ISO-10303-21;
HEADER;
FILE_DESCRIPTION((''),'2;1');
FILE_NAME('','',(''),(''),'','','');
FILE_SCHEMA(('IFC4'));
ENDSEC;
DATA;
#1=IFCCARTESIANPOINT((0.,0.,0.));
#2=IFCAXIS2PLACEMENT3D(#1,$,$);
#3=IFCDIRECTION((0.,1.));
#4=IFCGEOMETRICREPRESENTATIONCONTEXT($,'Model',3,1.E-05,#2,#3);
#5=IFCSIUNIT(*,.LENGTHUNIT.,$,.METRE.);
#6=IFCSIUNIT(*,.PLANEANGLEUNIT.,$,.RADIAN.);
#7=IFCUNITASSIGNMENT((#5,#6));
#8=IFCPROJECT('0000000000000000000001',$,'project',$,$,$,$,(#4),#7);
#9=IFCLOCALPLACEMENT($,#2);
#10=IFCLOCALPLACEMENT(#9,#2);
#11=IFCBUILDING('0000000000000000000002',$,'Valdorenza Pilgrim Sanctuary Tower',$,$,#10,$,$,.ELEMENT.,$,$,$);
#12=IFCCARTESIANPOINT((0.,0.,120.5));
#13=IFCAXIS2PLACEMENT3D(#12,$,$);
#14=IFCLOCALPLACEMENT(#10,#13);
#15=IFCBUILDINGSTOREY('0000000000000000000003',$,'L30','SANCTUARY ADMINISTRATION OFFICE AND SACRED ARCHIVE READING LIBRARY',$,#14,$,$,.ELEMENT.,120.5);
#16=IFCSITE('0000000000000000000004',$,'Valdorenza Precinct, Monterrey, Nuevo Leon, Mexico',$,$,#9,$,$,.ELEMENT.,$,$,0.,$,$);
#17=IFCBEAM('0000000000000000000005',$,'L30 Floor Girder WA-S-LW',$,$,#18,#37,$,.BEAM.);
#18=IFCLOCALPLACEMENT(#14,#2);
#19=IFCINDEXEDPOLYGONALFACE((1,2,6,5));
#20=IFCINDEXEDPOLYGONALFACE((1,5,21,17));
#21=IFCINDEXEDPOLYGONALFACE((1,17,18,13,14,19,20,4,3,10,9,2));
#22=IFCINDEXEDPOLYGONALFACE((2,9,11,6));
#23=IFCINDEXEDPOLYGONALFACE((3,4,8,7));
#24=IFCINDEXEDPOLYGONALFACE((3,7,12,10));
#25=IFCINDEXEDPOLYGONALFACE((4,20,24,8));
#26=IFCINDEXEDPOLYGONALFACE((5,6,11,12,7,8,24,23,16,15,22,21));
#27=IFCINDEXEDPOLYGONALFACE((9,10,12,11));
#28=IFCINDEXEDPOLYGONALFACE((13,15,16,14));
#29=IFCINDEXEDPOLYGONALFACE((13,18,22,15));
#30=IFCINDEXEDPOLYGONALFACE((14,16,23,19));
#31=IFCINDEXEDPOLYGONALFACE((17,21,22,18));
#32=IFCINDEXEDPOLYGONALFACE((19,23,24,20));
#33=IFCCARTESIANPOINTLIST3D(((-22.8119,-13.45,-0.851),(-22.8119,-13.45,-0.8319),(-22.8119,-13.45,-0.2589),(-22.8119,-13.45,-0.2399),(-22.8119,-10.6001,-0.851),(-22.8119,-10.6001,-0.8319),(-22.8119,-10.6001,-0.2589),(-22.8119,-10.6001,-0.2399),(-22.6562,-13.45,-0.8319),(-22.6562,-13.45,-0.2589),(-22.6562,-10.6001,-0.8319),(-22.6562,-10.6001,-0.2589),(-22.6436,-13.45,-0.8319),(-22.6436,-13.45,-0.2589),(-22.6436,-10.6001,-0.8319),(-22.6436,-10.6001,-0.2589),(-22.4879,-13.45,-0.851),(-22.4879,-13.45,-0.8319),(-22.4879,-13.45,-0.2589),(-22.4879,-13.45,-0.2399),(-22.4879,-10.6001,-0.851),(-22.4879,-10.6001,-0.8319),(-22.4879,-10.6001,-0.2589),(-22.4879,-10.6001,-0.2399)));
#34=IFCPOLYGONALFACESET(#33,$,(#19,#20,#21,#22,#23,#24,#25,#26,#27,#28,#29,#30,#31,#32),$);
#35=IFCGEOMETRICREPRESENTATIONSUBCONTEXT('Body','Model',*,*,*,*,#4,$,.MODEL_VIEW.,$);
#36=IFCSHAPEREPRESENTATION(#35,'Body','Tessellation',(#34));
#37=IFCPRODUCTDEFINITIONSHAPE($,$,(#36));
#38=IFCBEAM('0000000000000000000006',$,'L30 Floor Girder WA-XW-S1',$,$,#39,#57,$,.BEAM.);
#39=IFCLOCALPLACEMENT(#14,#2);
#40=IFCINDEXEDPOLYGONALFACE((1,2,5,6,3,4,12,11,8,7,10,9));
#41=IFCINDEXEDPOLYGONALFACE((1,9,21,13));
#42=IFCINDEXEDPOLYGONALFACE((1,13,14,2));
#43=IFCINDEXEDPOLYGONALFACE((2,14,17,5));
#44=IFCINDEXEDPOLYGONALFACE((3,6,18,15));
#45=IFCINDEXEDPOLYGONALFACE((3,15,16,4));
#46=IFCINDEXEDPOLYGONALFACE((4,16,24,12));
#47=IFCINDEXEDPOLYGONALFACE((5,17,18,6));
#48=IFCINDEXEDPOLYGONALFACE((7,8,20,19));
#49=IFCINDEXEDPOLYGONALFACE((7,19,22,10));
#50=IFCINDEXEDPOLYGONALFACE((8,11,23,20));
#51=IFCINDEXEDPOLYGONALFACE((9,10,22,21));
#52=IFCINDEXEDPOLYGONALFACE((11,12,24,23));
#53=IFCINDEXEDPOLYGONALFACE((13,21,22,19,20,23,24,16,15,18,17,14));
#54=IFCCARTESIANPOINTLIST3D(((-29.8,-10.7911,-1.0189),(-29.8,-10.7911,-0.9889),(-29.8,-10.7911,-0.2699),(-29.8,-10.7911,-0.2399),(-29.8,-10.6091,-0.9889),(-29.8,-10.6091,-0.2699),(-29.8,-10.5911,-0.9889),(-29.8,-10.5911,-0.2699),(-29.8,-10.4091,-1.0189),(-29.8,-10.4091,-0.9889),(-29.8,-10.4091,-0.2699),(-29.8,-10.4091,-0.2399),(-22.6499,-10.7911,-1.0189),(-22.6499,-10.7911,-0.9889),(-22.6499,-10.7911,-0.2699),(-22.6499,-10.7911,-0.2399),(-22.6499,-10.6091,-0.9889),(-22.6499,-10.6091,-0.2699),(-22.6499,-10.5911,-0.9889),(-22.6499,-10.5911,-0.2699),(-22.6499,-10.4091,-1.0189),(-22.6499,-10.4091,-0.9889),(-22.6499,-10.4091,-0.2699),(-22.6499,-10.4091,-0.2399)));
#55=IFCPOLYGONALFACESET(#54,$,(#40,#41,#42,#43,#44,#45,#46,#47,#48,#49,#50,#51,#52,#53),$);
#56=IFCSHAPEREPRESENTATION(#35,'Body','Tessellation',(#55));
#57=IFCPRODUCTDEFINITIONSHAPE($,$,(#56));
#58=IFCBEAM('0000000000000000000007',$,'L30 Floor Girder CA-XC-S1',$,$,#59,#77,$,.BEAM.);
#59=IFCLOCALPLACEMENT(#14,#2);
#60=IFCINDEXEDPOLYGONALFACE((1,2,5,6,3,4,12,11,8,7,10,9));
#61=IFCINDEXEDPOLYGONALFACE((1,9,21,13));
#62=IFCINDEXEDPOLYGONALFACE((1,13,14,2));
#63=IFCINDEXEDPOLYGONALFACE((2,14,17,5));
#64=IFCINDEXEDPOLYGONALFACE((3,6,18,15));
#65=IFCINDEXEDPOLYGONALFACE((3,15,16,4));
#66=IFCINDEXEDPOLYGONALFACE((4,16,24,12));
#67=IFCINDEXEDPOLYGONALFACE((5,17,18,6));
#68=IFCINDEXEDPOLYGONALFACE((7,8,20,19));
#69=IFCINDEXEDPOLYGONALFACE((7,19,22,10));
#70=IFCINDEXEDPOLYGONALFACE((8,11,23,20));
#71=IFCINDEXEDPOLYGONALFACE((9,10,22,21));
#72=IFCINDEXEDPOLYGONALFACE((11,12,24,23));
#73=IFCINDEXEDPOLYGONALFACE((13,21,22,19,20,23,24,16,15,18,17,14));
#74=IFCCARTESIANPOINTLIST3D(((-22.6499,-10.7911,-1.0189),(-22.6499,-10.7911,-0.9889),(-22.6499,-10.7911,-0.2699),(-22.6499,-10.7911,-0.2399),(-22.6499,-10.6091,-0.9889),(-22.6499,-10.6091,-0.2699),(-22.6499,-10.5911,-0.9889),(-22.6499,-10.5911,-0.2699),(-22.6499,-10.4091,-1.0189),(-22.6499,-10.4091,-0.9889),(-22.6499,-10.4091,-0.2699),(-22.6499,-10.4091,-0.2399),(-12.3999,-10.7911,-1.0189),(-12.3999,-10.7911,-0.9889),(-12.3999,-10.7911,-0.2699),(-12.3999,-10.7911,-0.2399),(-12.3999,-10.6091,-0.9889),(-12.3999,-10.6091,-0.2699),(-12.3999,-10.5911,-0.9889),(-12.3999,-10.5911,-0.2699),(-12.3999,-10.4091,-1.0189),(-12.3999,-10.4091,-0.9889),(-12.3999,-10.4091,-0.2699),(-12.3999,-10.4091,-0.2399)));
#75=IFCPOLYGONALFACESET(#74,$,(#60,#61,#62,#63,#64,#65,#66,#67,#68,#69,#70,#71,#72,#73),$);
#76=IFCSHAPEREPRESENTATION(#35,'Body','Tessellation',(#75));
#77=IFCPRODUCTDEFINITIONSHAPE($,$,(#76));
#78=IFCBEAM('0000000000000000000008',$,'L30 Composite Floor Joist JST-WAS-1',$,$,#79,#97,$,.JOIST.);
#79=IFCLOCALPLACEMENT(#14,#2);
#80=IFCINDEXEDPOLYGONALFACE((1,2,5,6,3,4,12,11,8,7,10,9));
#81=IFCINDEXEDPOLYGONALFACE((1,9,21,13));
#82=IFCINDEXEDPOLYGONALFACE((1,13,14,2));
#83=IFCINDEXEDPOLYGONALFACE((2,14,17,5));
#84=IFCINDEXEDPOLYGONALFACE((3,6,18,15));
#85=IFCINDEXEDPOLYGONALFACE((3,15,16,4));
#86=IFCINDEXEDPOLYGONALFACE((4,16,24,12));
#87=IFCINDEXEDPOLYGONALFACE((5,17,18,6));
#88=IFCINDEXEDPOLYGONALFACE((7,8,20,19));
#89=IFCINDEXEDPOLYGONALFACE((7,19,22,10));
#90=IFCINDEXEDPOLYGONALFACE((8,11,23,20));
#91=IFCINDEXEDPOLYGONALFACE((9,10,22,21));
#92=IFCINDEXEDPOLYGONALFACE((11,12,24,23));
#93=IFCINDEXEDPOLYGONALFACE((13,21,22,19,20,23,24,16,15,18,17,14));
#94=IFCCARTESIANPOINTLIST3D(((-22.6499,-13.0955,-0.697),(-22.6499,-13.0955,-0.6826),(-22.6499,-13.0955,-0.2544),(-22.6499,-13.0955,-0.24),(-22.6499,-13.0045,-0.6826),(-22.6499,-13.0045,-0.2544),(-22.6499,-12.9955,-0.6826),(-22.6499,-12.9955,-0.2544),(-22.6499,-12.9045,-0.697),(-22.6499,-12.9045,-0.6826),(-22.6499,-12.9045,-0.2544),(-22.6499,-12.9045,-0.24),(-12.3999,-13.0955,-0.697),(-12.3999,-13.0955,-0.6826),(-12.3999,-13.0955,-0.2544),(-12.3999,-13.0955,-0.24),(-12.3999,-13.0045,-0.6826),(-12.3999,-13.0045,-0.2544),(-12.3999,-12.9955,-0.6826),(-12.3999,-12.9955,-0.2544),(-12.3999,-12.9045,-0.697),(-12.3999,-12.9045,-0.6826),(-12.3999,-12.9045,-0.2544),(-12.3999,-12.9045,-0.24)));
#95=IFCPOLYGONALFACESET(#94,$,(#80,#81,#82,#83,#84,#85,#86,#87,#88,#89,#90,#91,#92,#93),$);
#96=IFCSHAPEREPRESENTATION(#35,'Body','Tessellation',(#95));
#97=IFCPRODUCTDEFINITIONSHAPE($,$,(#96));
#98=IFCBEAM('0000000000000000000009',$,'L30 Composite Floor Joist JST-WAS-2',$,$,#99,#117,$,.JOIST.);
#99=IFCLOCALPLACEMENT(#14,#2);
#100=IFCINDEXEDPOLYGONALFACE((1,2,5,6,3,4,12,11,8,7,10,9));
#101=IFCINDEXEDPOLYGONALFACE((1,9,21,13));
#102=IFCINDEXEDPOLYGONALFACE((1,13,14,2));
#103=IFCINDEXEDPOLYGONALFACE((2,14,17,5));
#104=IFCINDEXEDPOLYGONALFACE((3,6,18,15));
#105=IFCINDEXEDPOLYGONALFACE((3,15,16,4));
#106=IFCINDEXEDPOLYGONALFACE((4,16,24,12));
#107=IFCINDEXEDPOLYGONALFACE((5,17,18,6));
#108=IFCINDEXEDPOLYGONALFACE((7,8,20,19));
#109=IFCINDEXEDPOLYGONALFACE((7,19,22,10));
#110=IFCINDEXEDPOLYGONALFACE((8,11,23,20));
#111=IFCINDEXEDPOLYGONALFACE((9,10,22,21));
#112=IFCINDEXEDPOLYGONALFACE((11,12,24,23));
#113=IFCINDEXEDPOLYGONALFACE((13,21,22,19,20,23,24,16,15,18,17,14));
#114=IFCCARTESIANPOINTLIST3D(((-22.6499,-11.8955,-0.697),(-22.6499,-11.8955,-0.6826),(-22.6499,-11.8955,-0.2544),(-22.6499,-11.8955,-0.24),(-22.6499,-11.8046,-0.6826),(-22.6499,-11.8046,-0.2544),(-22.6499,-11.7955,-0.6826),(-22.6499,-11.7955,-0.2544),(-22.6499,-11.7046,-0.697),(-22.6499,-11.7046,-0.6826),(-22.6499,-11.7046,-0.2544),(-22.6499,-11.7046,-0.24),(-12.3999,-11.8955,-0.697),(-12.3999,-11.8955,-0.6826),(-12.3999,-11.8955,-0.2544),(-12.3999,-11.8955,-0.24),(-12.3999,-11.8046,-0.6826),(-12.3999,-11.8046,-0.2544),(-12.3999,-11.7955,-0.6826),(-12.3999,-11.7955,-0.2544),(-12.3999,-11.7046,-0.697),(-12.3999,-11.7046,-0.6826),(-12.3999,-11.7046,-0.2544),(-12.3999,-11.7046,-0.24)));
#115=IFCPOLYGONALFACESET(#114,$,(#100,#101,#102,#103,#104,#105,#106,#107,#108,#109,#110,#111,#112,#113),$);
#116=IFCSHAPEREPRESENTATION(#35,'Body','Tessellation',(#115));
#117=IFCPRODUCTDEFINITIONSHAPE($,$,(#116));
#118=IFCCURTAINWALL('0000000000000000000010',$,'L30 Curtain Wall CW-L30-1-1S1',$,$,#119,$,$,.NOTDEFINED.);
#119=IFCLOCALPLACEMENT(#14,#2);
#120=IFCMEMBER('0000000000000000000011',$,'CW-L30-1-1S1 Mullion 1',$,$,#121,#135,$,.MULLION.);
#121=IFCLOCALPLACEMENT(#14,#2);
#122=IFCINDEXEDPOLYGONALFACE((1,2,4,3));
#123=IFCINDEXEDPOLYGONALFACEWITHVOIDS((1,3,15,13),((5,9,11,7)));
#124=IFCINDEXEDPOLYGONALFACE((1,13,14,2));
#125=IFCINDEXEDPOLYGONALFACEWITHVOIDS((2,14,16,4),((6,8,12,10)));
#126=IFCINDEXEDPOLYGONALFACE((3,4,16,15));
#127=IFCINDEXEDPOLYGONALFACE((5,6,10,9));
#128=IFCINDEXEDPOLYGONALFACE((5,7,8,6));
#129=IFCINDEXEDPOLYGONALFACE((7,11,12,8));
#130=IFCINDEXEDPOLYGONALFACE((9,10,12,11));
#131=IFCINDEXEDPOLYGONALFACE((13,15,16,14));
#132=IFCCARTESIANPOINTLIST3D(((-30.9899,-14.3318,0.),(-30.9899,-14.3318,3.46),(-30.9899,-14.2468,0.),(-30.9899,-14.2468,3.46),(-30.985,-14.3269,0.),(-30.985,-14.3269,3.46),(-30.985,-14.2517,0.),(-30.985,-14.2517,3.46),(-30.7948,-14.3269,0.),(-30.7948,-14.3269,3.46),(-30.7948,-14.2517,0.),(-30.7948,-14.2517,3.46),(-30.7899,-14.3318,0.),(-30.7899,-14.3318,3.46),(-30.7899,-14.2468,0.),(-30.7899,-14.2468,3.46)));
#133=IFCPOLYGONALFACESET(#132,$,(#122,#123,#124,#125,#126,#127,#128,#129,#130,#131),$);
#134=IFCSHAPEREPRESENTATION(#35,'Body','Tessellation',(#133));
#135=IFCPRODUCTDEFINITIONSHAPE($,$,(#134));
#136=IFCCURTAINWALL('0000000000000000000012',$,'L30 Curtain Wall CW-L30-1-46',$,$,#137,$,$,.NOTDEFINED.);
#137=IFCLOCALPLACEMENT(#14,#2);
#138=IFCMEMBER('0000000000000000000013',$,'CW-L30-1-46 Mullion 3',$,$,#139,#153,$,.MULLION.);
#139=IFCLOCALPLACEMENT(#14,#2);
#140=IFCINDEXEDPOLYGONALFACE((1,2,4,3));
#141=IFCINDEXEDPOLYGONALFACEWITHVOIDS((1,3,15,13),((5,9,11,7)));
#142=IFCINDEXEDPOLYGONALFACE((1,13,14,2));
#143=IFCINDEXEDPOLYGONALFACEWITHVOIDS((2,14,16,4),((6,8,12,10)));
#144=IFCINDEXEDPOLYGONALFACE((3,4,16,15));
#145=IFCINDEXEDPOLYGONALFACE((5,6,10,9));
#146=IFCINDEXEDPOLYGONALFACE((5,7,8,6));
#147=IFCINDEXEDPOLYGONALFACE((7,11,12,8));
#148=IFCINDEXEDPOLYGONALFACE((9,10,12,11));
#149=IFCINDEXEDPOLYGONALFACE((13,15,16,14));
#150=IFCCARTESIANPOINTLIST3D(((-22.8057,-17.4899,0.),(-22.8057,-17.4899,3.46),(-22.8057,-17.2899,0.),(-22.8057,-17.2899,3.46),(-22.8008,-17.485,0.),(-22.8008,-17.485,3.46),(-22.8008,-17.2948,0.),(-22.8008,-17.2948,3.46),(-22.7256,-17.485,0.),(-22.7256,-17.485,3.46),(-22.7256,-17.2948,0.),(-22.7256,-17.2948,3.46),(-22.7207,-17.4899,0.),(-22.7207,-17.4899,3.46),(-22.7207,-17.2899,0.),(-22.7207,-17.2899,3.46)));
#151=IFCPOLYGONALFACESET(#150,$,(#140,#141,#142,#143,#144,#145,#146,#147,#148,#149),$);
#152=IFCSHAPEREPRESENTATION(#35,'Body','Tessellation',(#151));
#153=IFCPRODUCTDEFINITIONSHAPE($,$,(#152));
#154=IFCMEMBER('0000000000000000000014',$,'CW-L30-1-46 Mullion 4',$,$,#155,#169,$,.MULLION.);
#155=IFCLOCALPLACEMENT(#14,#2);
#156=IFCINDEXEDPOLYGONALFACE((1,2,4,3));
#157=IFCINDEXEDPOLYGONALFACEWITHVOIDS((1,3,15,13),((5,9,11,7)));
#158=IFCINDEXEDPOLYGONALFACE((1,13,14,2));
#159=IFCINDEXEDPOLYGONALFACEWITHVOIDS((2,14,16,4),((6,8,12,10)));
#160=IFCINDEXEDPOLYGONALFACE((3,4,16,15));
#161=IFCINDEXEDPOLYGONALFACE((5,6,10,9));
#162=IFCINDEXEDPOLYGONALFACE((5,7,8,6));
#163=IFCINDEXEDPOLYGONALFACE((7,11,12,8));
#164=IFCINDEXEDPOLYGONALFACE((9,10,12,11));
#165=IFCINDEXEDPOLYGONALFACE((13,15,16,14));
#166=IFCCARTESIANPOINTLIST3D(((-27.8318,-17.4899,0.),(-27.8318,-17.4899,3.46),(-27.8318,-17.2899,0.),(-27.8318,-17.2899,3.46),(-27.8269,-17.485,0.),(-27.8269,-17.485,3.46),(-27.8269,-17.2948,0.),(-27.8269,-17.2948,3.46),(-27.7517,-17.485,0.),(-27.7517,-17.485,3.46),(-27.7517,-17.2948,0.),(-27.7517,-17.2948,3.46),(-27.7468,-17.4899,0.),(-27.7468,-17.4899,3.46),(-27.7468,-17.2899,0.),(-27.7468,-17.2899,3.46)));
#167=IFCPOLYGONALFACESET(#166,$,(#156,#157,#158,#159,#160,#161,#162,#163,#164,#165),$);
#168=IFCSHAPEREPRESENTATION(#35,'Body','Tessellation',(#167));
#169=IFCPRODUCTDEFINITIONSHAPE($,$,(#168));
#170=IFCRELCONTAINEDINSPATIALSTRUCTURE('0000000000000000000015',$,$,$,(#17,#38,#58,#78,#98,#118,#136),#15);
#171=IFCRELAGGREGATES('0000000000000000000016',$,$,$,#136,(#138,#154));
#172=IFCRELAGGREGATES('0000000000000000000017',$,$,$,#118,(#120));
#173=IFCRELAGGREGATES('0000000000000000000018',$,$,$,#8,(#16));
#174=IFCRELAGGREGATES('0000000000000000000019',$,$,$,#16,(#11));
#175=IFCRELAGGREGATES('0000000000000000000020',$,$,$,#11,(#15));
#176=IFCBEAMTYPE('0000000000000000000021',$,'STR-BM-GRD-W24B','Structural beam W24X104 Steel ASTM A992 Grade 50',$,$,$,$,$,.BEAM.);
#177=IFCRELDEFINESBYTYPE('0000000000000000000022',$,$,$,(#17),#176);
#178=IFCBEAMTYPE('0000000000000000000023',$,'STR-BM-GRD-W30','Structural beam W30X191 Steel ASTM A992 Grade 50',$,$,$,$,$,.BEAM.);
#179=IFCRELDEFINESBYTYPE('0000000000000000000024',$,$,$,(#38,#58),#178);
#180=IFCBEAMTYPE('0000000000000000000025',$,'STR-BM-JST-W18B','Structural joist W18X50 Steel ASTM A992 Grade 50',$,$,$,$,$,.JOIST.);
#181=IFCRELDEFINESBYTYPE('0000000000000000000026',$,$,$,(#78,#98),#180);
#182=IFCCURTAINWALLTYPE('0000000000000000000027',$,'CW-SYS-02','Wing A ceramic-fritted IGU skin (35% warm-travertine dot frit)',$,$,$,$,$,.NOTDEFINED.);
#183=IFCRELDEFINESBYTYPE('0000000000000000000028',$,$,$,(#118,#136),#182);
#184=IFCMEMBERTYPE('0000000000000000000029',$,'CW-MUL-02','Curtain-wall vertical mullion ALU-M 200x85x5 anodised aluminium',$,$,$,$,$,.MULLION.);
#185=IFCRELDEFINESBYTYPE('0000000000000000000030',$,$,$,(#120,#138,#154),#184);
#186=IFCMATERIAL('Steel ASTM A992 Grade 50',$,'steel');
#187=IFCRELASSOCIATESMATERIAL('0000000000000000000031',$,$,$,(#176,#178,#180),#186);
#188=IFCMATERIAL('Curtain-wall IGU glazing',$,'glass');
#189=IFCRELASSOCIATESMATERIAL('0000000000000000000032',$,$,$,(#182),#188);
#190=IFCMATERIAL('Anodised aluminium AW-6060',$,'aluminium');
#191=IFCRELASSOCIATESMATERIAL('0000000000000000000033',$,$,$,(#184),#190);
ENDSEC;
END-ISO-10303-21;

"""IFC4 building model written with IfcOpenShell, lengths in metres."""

from ifc_helpers import new_model, si_unit, direction, frame, origin, origin_2d, place, context, subcontext, project, spatial, hollow_rectangle, i_section, extrude, source, transform, mapped, material, material_profile, profile_set, type_object, element, aggregate, save


model = new_model("IFC4")

# Units and contexts
model_context = context("Model", 3, precision=1e-05, world=origin(), true_north=direction((0.0, 1.0)))
body_context = subcontext(model_context, "Body", "Model", "MODEL_VIEW")
ifc_project = project(units=[si_unit("LENGTHUNIT", "METRE"), si_unit("PLANEANGLEUNIT", "RADIAN")], contexts=[model_context])

# Site, building, storey
site_placement = place(None, origin())
site = spatial("IfcSite", under=ifc_project, at=site_placement, Name="Valdorenza Precinct, Monterrey, Nuevo Leon, Mexico", CompositionType="ELEMENT", RefElevation=0.0)
building_placement = place(site_placement, origin())
building = spatial("IfcBuilding", under=site, at=building_placement, Name="Valdorenza Pilgrim Sanctuary Tower", CompositionType="ELEMENT")
storey_placement = place(building_placement, frame((0.0, 0.0, 120.5)))
storey = spatial("IfcBuildingStorey", under=building, at=storey_placement, Name="L30", Description="SANCTUARY ADMINISTRATION OFFICE AND SACRED ARCHIVE READING LIBRARY", CompositionType="ELEMENT", Elevation=120.5)

# Shared definitions
ifc_material_1 = material(Name="Steel ASTM A992 Grade 50", Category="steel")

# Beams
ifc_material_profile_1 = material_profile(ifc_material_1, i_section(OverallWidth=0.324, OverallDepth=0.6111, WebThickness=0.0127, FlangeThickness=0.019, at=origin_2d()), Name="W24X104")
ifc_profile_set_1 = profile_set([ifc_material_profile_1], Name="Steel ASTM A992 Grade 50")
beam_type_1 = type_object("IfcBeamType", Name="STR-BM-GRD-W24B", Description="Structural beam W24X104 Steel ASTM A992 Grade 50", PredefinedType="BEAM", material=ifc_profile_set_1)
shared_shape_1 = source(origin(), body_context, "Body", "SweptSolid", [
    extrude(i_section(OverallWidth=0.324, OverallDepth=0.6111, WebThickness=0.0127, FlangeThickness=0.019, at=origin_2d()), origin(), (0.0, 0.0, 1.0), 2.8499),
])
beam_1_placement = place(storey_placement, frame((-22.6499, -13.45, -0.5454), z_axis=(0.0, 1.0, 0.0), x_axis=(-1.0, 0.0, 0.0)))
element("IfcBeam", 1, at=beam_1_placement, inside=storey, type_object=beam_type_1, Name="L30 Floor Girder WA-S-LW", PredefinedType="BEAM", context=body_context, shape_type="MappedRepresentation", body=[
    mapped(shared_shape_1, transform((0.0, 0.0, 0.0), x_axis=(1.0, 0.0, 0.0), y_axis=(0.0, 1.0, 0.0), z_axis=(0.0, 0.0, 1.0), scale=1.0)),
])
ifc_material_profile_2 = material_profile(ifc_material_1, i_section(OverallWidth=0.3821, OverallDepth=0.7791, WebThickness=0.0181, FlangeThickness=0.03, at=origin_2d()), Name="W30X191")
ifc_profile_set_2 = profile_set([ifc_material_profile_2], Name="Steel ASTM A992 Grade 50")
beam_type_2 = type_object("IfcBeamType", Name="STR-BM-GRD-W30", Description="Structural beam W30X191 Steel ASTM A992 Grade 50", PredefinedType="BEAM", material=ifc_profile_set_2)
shared_shape_2 = source(origin(), body_context, "Body", "SweptSolid", [
    extrude(i_section(OverallWidth=0.3821, OverallDepth=0.7791, WebThickness=0.0181, FlangeThickness=0.03, at=origin_2d()), origin(), (0.0, 0.0, 1.0), 7.1501),
])
beam_2_placement = place(storey_placement, frame((-29.8, -10.6001, -0.6294), z_axis=(1.0, 0.0, 0.0), x_axis=(0.0, 1.0, 0.0)))
element("IfcBeam", 2, at=beam_2_placement, inside=storey, type_object=beam_type_2, Name="L30 Floor Girder WA-XW-S1", PredefinedType="BEAM", context=body_context, shape_type="MappedRepresentation", body=[
    mapped(shared_shape_2, transform((0.0, 0.0, 0.0), x_axis=(1.0, 0.0, 0.0), y_axis=(0.0, 1.0, 0.0), z_axis=(0.0, 0.0, 1.0), scale=1.0)),
])
shared_shape_3 = source(origin(), body_context, "Body", "SweptSolid", [
    extrude(i_section(OverallWidth=0.3821, OverallDepth=0.7791, WebThickness=0.0181, FlangeThickness=0.03, at=origin_2d()), origin(), (0.0, 0.0, 1.0), 10.25),
])
beam_3_placement = place(storey_placement, frame((-22.6499, -10.6001, -0.6294), z_axis=(1.0, 0.0, 0.0), x_axis=(0.0, 1.0, 0.0)))
element("IfcBeam", 3, at=beam_3_placement, inside=storey, type_object=beam_type_2, Name="L30 Floor Girder CA-XC-S1", PredefinedType="BEAM", context=body_context, shape_type="MappedRepresentation", body=[
    mapped(shared_shape_3, transform((0.0, 0.0, 0.0), x_axis=(1.0, 0.0, 0.0), y_axis=(0.0, 1.0, 0.0), z_axis=(0.0, 0.0, 1.0), scale=1.0)),
])
ifc_material_profile_3 = material_profile(ifc_material_1, i_section(OverallWidth=0.1909, OverallDepth=0.457, WebThickness=0.009, FlangeThickness=0.0144, at=origin_2d()), Name="W18X50")
ifc_profile_set_3 = profile_set([ifc_material_profile_3], Name="Steel ASTM A992 Grade 50")
beam_type_3 = type_object("IfcBeamType", Name="STR-BM-JST-W18B", Description="Structural joist W18X50 Steel ASTM A992 Grade 50", PredefinedType="JOIST", material=ifc_profile_set_3)
shared_shape_4 = source(origin(), body_context, "Body", "SweptSolid", [
    extrude(i_section(OverallWidth=0.1909, OverallDepth=0.457, WebThickness=0.009, FlangeThickness=0.0144, at=origin_2d()), origin(), (0.0, 0.0, 1.0), 10.25),
])
for number, where, z_axis, x_axis, name in (
    (4, (-22.6499, -13.0, -0.4685), (1.0, 0.0, 0.0), (0.0, 1.0, 0.0), "L30 Composite Floor Joist JST-WAS-1"),
    (5, (-22.6499, -11.8, -0.4685), (1.0, 0.0, 0.0), (0.0, 1.0, 0.0), "L30 Composite Floor Joist JST-WAS-2"),
):
    element("IfcBeam", number, at=place(storey_placement, frame(where, z_axis=z_axis, x_axis=x_axis)), inside=storey, type_object=beam_type_3, Name=name, PredefinedType="JOIST", context=body_context, shape_type="MappedRepresentation", body=[
        mapped(shared_shape_4, transform((0.0, 0.0, 0.0), x_axis=(1.0, 0.0, 0.0), y_axis=(0.0, 1.0, 0.0), z_axis=(0.0, 0.0, 1.0), scale=1.0)),
    ])

# Curtain wall, member
ifc_material_2 = material(Name="Curtain-wall IGU glazing", Category="glass")
curtain_wall_type = type_object("IfcCurtainWallType", Name="CW-SYS-02", Description="Wing A ceramic-fritted IGU skin (35% warm-travertine dot frit)", PredefinedType="NOTDEFINED", material=ifc_material_2)
curtain_wall_1_placement = place(storey_placement, origin())
curtain_wall_1 = element("IfcCurtainWall", 6, at=curtain_wall_1_placement, inside=storey, type_object=curtain_wall_type, Name="L30 Curtain Wall CW-L30-1-1S1", PredefinedType="NOTDEFINED")
ifc_material_3 = material(Name="Anodised aluminium AW-6060", Category="aluminium")
ifc_material_profile_4 = material_profile(ifc_material_3, hollow_rectangle(XDim=0.085, YDim=0.2, WallThickness=0.0049, at=origin_2d()), Name="ALU-M 200x85x5")
ifc_profile_set_4 = profile_set([ifc_material_profile_4], Name="Anodised aluminium AW-6060")
member_type_1 = type_object("IfcMemberType", Name="CW-MUL-02", Description="Curtain-wall vertical mullion ALU-M 200x85x5 anodised aluminium", PredefinedType="MULLION", material=ifc_profile_set_4)
shared_shape_5 = source(origin(), body_context, "Body", "SweptSolid", [
    extrude(hollow_rectangle(XDim=0.085, YDim=0.2, WallThickness=0.0049, at=origin_2d()), origin(), (0.0, 0.0, 1.0), 3.46),
])
member_1_placement = place(storey_placement, frame((-30.8899, -14.2893, 0.0), z_axis=(0.0, 0.0, 1.0), x_axis=(0.0, 1.0, 0.0)))
member_1 = element("IfcMember", 7, at=member_1_placement, type_object=member_type_1, Name="CW-L30-1-1S1 Mullion 1", PredefinedType="MULLION", context=body_context, shape_type="MappedRepresentation", body=[
    mapped(shared_shape_5, transform((0.0, 0.0, 0.0), x_axis=(1.0, 0.0, 0.0), y_axis=(0.0, 1.0, 0.0), z_axis=(0.0, 0.0, 1.0), scale=1.0)),
])

# Curtain wall, members
curtain_wall_2_placement = place(storey_placement, origin())
curtain_wall_2 = element("IfcCurtainWall", 8, at=curtain_wall_2_placement, inside=storey, type_object=curtain_wall_type, Name="L30 Curtain Wall CW-L30-1-46", PredefinedType="NOTDEFINED")
member_2_placement = place(storey_placement, frame((-22.7632, -17.3899, 0.0), z_axis=(0.0, 0.0, 1.0), x_axis=(-1.0, 0.0, 0.0)))
member_2 = element("IfcMember", 9, at=member_2_placement, type_object=member_type_1, Name="CW-L30-1-46 Mullion 3", PredefinedType="MULLION", context=body_context, shape_type="MappedRepresentation", body=[
    mapped(shared_shape_5, transform((0.0, 0.0, 0.0), x_axis=(1.0, 0.0, 0.0), y_axis=(0.0, 1.0, 0.0), z_axis=(0.0, 0.0, 1.0), scale=1.0)),
])
member_3_placement = place(storey_placement, frame((-27.7893, -17.3899, 0.0), z_axis=(0.0, 0.0, 1.0), x_axis=(-1.0, 0.0, 0.0)))
member_3 = element("IfcMember", 10, at=member_3_placement, type_object=member_type_1, Name="CW-L30-1-46 Mullion 4", PredefinedType="MULLION", context=body_context, shape_type="MappedRepresentation", body=[
    mapped(shared_shape_5, transform((0.0, 0.0, 0.0), x_axis=(1.0, 0.0, 0.0), y_axis=(0.0, 1.0, 0.0), z_axis=(0.0, 0.0, 1.0), scale=1.0)),
])

aggregate(curtain_wall_2, [member_2, member_3])
aggregate(curtain_wall_1, [member_1])

save(model, "model.ifc")
